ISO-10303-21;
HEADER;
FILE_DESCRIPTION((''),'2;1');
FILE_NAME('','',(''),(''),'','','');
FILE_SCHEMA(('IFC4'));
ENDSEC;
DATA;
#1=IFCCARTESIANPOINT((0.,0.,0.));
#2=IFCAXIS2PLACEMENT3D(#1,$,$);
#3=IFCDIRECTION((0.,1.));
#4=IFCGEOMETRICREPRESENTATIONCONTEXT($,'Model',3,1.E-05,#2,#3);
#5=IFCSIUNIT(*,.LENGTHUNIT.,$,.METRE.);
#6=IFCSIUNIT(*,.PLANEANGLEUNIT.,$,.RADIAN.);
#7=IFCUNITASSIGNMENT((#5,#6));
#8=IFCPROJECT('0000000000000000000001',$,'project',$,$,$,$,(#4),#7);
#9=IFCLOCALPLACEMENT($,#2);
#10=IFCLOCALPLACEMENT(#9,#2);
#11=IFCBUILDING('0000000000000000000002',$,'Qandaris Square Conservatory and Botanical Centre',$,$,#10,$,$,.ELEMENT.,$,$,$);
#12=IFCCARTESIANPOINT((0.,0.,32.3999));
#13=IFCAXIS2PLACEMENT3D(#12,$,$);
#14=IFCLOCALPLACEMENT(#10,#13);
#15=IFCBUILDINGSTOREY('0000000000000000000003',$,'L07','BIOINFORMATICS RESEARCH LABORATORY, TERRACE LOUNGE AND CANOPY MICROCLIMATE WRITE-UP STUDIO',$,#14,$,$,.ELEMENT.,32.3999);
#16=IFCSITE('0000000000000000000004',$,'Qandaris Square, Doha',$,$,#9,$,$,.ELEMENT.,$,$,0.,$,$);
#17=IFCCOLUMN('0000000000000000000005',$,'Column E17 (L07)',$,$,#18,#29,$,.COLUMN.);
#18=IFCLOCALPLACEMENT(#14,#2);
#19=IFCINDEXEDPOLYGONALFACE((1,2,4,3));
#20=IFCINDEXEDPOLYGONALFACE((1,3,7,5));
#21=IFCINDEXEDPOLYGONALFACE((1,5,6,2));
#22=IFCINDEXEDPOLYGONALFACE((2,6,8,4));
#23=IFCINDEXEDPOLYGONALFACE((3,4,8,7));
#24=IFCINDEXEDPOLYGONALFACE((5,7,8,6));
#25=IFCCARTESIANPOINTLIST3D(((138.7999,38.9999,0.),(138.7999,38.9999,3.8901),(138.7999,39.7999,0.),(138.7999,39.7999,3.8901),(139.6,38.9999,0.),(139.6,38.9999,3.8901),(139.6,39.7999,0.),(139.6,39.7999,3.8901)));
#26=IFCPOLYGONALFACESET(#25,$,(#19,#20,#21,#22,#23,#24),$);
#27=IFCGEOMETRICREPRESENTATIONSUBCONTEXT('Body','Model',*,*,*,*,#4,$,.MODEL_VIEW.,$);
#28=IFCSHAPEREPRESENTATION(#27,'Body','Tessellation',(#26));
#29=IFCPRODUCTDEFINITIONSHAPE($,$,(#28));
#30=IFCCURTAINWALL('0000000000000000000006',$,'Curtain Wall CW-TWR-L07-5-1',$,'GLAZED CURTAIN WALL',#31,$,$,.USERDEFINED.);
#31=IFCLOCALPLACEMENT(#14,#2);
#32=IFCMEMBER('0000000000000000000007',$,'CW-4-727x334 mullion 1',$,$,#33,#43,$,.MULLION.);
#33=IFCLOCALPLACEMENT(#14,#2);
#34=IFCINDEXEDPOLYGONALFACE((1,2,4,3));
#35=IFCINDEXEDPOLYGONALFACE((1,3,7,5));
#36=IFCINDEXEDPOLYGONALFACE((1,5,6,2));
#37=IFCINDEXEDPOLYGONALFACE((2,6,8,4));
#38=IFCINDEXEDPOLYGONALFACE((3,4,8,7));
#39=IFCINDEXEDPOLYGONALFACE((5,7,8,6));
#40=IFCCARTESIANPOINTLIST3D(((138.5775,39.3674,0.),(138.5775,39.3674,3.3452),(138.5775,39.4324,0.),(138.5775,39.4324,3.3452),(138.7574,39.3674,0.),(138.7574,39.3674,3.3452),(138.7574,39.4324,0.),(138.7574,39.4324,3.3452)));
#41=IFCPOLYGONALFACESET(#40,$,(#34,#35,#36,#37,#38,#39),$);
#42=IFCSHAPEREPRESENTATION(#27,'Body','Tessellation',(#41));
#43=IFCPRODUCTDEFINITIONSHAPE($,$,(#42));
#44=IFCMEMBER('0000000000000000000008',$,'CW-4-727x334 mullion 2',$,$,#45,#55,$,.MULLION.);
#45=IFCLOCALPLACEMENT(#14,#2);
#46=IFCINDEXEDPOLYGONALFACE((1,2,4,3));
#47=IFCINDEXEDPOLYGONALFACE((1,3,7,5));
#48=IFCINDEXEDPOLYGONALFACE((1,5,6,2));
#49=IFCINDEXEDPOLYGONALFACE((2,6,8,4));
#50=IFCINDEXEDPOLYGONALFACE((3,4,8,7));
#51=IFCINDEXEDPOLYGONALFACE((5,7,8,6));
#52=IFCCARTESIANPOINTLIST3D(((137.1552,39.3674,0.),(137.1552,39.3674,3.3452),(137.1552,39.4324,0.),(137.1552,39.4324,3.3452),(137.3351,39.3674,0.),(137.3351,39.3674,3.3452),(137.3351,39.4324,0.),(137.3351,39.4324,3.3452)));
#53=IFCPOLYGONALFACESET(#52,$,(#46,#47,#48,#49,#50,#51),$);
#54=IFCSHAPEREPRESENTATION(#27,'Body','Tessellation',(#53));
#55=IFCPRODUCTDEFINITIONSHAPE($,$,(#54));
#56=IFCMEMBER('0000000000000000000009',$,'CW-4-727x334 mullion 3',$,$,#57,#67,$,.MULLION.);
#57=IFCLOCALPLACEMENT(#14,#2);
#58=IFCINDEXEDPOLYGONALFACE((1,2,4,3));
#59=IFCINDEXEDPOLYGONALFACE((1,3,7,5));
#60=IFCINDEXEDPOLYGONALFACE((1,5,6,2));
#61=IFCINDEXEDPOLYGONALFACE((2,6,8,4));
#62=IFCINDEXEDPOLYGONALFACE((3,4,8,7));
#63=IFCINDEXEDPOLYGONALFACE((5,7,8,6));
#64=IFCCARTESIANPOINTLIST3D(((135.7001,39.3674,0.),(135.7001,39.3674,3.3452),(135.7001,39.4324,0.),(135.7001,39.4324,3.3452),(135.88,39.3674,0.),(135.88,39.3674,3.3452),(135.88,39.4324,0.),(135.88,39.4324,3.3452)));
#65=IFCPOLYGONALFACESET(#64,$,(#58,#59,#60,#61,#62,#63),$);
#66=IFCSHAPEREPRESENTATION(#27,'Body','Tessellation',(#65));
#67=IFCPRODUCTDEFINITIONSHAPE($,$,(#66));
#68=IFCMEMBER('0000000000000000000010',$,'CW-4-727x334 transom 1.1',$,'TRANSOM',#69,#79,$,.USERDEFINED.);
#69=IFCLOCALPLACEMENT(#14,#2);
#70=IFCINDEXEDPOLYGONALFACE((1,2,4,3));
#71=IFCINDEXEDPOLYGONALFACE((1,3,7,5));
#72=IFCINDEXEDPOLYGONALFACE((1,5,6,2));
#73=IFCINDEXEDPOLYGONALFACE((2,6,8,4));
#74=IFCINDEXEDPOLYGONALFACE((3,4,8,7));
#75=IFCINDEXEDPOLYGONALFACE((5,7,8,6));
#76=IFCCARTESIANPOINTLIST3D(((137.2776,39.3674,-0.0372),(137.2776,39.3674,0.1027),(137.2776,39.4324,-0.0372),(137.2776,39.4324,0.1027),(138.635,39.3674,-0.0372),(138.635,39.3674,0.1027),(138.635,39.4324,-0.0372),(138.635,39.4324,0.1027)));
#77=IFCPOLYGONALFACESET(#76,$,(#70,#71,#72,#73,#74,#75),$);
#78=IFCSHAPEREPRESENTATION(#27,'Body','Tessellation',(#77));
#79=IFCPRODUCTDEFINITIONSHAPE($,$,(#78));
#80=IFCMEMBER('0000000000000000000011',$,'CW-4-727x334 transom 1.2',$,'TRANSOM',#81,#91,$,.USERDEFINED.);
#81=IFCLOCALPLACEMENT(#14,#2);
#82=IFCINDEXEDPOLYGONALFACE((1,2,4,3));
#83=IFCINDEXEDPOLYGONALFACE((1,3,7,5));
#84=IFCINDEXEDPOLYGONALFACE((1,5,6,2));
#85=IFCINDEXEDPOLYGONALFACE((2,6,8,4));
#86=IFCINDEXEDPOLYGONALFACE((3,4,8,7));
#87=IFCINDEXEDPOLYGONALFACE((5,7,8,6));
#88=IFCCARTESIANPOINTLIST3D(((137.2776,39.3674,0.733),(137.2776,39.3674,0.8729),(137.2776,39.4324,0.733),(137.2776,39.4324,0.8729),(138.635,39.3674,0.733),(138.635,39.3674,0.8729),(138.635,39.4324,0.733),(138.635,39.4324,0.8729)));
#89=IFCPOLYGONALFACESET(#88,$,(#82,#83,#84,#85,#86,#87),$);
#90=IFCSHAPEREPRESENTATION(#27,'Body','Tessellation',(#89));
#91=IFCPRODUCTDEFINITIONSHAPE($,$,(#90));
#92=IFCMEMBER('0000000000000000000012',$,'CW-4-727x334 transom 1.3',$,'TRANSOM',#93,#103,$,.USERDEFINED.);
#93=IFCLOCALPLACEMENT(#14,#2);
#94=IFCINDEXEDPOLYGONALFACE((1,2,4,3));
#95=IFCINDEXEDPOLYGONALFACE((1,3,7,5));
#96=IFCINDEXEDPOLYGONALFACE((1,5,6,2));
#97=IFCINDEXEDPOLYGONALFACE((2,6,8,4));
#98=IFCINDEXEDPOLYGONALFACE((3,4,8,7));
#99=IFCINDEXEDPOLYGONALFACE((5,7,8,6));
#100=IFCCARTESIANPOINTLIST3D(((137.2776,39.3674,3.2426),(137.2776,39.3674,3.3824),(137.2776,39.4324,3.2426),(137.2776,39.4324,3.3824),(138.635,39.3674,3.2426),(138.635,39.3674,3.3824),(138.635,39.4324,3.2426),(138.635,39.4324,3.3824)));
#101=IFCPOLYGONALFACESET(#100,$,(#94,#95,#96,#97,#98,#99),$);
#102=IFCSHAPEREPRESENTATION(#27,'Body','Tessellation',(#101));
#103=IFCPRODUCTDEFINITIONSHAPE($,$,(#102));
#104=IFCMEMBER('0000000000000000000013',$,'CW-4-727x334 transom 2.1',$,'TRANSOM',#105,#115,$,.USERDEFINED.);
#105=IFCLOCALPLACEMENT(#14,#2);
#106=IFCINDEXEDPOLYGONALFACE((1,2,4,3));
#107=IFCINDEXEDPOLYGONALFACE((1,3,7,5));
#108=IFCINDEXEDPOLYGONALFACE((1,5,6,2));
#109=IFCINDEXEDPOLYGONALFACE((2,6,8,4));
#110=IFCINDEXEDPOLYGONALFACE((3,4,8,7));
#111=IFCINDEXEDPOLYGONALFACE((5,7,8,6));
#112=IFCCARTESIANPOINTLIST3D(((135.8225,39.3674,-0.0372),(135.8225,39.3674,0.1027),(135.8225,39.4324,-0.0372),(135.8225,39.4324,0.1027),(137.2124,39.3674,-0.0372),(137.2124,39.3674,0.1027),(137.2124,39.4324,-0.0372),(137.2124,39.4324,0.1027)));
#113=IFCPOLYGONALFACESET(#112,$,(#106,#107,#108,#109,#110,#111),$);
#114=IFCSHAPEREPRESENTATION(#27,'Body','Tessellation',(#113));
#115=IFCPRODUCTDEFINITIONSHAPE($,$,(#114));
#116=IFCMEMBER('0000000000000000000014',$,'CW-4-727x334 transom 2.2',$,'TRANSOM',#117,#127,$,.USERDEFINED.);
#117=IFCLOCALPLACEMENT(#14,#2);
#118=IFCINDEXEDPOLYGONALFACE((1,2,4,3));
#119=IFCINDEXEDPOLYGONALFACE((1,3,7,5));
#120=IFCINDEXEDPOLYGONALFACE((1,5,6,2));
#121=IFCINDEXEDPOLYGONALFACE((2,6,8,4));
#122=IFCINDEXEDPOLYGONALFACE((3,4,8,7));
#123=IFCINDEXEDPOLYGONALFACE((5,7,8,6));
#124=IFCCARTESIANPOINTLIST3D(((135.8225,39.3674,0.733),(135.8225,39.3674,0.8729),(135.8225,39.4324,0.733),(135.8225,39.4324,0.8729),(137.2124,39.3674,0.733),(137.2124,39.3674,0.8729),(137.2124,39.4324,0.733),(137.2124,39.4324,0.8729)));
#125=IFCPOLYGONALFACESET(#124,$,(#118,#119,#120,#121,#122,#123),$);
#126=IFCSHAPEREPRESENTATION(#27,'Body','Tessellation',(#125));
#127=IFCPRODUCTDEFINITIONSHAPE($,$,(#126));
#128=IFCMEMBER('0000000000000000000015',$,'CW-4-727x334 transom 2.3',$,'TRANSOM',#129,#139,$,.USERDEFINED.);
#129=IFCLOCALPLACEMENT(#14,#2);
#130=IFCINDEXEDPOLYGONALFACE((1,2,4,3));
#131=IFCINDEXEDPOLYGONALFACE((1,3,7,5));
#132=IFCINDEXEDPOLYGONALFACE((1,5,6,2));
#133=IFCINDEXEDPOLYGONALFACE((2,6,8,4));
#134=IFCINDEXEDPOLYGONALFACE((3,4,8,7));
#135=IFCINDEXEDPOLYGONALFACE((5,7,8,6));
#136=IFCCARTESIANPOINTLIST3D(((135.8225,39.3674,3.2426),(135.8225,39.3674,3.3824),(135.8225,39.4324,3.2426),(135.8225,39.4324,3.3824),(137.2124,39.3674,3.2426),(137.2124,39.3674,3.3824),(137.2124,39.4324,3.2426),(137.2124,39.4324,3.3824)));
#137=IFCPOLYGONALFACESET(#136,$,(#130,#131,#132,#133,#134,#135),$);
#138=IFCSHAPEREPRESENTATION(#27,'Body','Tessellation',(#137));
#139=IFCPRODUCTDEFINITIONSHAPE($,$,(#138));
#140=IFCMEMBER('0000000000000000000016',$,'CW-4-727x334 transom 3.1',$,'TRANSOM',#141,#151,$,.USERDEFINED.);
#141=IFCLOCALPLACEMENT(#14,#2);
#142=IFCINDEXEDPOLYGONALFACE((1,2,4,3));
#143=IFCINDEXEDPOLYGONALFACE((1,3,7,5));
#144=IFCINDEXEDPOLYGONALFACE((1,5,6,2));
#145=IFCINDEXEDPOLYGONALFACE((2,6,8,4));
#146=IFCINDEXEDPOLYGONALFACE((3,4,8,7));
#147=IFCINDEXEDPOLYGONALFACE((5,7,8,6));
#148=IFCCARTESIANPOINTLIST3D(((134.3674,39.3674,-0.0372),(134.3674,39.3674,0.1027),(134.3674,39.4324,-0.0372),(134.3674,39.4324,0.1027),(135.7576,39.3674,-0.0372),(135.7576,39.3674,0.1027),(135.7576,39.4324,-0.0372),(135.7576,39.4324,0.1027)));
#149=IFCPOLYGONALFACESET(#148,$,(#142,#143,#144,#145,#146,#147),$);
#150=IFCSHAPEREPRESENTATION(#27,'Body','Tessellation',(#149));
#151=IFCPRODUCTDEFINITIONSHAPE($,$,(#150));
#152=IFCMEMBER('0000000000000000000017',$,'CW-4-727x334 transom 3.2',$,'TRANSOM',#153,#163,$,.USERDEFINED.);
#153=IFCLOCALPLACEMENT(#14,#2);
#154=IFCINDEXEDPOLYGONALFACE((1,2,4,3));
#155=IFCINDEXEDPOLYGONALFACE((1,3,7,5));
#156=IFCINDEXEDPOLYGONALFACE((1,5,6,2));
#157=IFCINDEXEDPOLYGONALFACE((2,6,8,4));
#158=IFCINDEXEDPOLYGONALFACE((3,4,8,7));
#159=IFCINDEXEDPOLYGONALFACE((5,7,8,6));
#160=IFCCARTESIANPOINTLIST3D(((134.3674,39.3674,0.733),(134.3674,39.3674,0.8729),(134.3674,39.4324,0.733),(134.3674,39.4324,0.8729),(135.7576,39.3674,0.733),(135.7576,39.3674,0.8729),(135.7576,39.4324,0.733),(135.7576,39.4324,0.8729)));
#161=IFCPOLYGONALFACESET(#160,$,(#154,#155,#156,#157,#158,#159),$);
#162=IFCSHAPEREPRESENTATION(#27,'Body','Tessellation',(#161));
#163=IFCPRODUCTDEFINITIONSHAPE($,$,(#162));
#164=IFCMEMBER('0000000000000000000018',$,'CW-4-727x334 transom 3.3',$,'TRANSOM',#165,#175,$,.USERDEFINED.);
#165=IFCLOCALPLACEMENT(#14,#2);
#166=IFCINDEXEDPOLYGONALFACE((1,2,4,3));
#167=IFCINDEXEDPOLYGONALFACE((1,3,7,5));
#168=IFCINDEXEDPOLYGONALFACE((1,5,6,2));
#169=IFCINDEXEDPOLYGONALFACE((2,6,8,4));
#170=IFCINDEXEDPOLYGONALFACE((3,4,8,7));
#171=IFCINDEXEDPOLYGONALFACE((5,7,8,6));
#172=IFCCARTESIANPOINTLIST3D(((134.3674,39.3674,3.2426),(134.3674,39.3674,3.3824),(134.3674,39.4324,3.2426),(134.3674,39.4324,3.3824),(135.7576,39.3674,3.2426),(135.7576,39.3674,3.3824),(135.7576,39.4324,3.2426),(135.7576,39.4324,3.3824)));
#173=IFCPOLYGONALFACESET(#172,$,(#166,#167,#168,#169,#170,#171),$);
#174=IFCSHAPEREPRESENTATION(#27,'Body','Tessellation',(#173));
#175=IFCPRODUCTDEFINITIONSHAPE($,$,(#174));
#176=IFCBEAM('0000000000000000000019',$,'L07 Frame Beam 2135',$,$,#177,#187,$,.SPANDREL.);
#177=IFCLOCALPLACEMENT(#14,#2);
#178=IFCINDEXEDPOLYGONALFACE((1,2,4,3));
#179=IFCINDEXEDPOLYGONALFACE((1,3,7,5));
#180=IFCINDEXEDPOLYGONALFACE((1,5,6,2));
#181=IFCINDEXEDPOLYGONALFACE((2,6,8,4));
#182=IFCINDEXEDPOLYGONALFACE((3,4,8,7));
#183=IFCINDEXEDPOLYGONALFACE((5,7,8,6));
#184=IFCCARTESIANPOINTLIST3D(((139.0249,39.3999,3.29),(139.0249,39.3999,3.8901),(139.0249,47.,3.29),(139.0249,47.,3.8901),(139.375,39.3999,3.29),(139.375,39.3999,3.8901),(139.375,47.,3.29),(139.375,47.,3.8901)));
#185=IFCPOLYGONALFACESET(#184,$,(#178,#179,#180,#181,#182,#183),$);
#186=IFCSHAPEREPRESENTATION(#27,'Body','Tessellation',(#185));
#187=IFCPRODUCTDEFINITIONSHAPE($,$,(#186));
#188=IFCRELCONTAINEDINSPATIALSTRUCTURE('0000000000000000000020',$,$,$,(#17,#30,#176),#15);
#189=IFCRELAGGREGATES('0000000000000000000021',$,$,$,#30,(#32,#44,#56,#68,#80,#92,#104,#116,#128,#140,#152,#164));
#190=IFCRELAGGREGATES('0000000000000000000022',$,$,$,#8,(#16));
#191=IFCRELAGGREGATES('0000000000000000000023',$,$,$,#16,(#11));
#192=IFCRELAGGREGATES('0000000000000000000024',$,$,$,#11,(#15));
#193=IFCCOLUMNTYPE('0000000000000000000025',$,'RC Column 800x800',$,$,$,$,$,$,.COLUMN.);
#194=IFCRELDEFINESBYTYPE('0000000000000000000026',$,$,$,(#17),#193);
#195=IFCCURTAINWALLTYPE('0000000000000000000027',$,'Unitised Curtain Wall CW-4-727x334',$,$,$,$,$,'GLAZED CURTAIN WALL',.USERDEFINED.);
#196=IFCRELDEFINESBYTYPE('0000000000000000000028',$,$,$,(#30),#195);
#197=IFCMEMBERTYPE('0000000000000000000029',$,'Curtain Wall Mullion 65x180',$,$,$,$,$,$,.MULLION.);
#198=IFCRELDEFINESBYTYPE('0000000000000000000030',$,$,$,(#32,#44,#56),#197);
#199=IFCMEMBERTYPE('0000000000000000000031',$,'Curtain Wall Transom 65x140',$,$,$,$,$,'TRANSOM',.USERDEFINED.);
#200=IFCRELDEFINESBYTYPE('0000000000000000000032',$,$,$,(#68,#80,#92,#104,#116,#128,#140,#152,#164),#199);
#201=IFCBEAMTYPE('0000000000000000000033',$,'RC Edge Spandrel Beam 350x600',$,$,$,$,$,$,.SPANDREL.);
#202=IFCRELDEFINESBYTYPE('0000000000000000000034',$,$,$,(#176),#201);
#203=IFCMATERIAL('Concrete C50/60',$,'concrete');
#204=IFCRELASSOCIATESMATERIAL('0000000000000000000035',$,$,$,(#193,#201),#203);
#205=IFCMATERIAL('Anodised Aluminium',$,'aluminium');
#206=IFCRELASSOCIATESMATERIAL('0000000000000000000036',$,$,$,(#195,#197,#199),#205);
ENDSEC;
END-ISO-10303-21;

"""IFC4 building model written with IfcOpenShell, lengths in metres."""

from ifc_helpers import new_model, si_unit, direction, frame, origin, origin_2d, place, context, subcontext, project, spatial, rectangle, extrude, material, material_profile, profile_set, type_object, element, aggregate, save


model = new_model("IFC4")

# Units and contexts
model_context = context("Model", 3, precision=1e-05, world=origin(), true_north=direction((0.0, 1.0)))
body_context = subcontext(model_context, "Body", "Model", "MODEL_VIEW")
ifc_project = project(units=[si_unit("LENGTHUNIT", "METRE"), si_unit("PLANEANGLEUNIT", "RADIAN")], contexts=[model_context])

# Site, building, storey
site_placement = place(None, origin())
site = spatial("IfcSite", under=ifc_project, at=site_placement, Name="Qandaris Square, Doha", CompositionType="ELEMENT", RefElevation=0.0)
building_placement = place(site_placement, origin())
building = spatial("IfcBuilding", under=site, at=building_placement, Name="Qandaris Square Conservatory and Botanical Centre", CompositionType="ELEMENT")
storey_placement = place(building_placement, frame((0.0, 0.0, 32.3999)))
storey = spatial("IfcBuildingStorey", under=building, at=storey_placement, Name="L07", Description="BIOINFORMATICS RESEARCH LABORATORY, TERRACE LOUNGE AND CANOPY MICROCLIMATE WRITE-UP STUDIO", CompositionType="ELEMENT", Elevation=32.3999)

# Column
ifc_material_1 = material(Name="Concrete C50/60", Category="concrete")
ifc_material_profile_1 = material_profile(ifc_material_1, rectangle(XDim=0.8, YDim=0.8, at=origin_2d()), Name="RC-COL 800x800")
ifc_profile_set_1 = profile_set([ifc_material_profile_1], Name="Concrete C50/60")
column_type = type_object("IfcColumnType", Name="RC Column 800x800", PredefinedType="COLUMN", material=ifc_profile_set_1)
column_placement = place(storey_placement, frame((139.2, 39.3999, 0.0), z_axis=(0.0, 0.0, 1.0), x_axis=(1.0, 0.0, 0.0)))
element("IfcColumn", 1, at=column_placement, inside=storey, type_object=column_type, Name="Column E17 (L07)", PredefinedType="COLUMN", context=body_context, shape_type="SweptSolid", body=[
    extrude(rectangle(XDim=0.8, YDim=0.8, at=origin_2d()), origin(), (0.0, 0.0, 1.0), 3.8901),
])

# Curtain wall, members
ifc_material_2 = material(Name="Anodised Aluminium", Category="aluminium")
curtain_wall_type = type_object("IfcCurtainWallType", Name="Unitised Curtain Wall CW-4-727x334", ElementType="GLAZED CURTAIN WALL", PredefinedType="USERDEFINED", material=ifc_material_2)
curtain_wall_placement = place(storey_placement, origin())
curtain_wall = element("IfcCurtainWall", 2, at=curtain_wall_placement, inside=storey, type_object=curtain_wall_type, Name="Curtain Wall CW-TWR-L07-5-1", ObjectType="GLAZED CURTAIN WALL", PredefinedType="USERDEFINED")
ifc_material_profile_2 = material_profile(ifc_material_2, rectangle(XDim=0.0649, YDim=0.1799, at=origin_2d()), Name="ALU-MUL 65x180")
ifc_profile_set_2 = profile_set([ifc_material_profile_2], Name="Anodised Aluminium")
member_type_1 = type_object("IfcMemberType", Name="Curtain Wall Mullion 65x180", PredefinedType="MULLION", material=ifc_profile_set_2)
member_1_placement = place(storey_placement, frame((138.6675, 39.3999, 0.0), z_axis=(0.0, 0.0, 1.0), x_axis=(0.0, -1.0, 0.0)))
member_1 = element("IfcMember", 3, at=member_1_placement, type_object=member_type_1, Name="CW-4-727x334 mullion 1", PredefinedType="MULLION", context=body_context, shape_type="SweptSolid", body=[
    extrude(rectangle(XDim=0.0649, YDim=0.1799, at=origin_2d()), origin(), (0.0, 0.0, 1.0), 3.3452),
])
member_2_placement = place(storey_placement, frame((137.2451, 39.3999, 0.0), z_axis=(0.0, 0.0, 1.0), x_axis=(0.0, -1.0, 0.0)))
member_2 = element("IfcMember", 4, at=member_2_placement, type_object=member_type_1, Name="CW-4-727x334 mullion 2", PredefinedType="MULLION", context=body_context, shape_type="SweptSolid", body=[
    extrude(rectangle(XDim=0.0649, YDim=0.1799, at=origin_2d()), origin(), (0.0, 0.0, 1.0), 3.3452),
])
member_3_placement = place(storey_placement, frame((135.79, 39.3999, 0.0), z_axis=(0.0, 0.0, 1.0), x_axis=(0.0, -1.0, 0.0)))
member_3 = element("IfcMember", 5, at=member_3_placement, type_object=member_type_1, Name="CW-4-727x334 mullion 3", PredefinedType="MULLION", context=body_context, shape_type="SweptSolid", body=[
    extrude(rectangle(XDim=0.0649, YDim=0.1799, at=origin_2d()), origin(), (0.0, 0.0, 1.0), 3.3452),
])
ifc_material_profile_3 = material_profile(ifc_material_2, rectangle(XDim=0.0649, YDim=0.1399, at=origin_2d()), Name="ALU-TRN 65x140")
ifc_profile_set_3 = profile_set([ifc_material_profile_3], Name="Anodised Aluminium")
member_type_2 = type_object("IfcMemberType", Name="Curtain Wall Transom 65x140", ElementType="TRANSOM", PredefinedType="USERDEFINED", material=ifc_profile_set_3)
member_4_placement = place(storey_placement, frame((138.635, 39.3999, 0.0327), z_axis=(-1.0, 0.0, 0.0), x_axis=(0.0, -1.0, 0.0)))
member_4 = element("IfcMember", 6, at=member_4_placement, type_object=member_type_2, Name="CW-4-727x334 transom 1.1", ObjectType="TRANSOM", PredefinedType="USERDEFINED", context=body_context, shape_type="SweptSolid", body=[
    extrude(rectangle(XDim=0.0649, YDim=0.1399, at=origin_2d()), origin(), (0.0, 0.0, 1.0), 1.3574),
])
member_5_placement = place(storey_placement, frame((138.635, 39.3999, 0.803), z_axis=(-1.0, 0.0, 0.0), x_axis=(0.0, -1.0, 0.0)))
member_5 = element("IfcMember", 7, at=member_5_placement, type_object=member_type_2, Name="CW-4-727x334 transom 1.2", ObjectType="TRANSOM", PredefinedType="USERDEFINED", context=body_context, shape_type="SweptSolid", body=[
    extrude(rectangle(XDim=0.0649, YDim=0.1399, at=origin_2d()), origin(), (0.0, 0.0, 1.0), 1.3574),
])
member_6_placement = place(storey_placement, frame((138.635, 39.3999, 3.3125), z_axis=(-1.0, 0.0, 0.0), x_axis=(0.0, -1.0, 0.0)))
member_6 = element("IfcMember", 8, at=member_6_placement, type_object=member_type_2, Name="CW-4-727x334 transom 1.3", ObjectType="TRANSOM", PredefinedType="USERDEFINED", context=body_context, shape_type="SweptSolid", body=[
    extrude(rectangle(XDim=0.0649, YDim=0.1399, at=origin_2d()), origin(), (0.0, 0.0, 1.0), 1.3574),
])
member_7_placement = place(storey_placement, frame((137.2124, 39.3999, 0.0327), z_axis=(-1.0, 0.0, 0.0), x_axis=(0.0, -1.0, 0.0)))
member_7 = element("IfcMember", 9, at=member_7_placement, type_object=member_type_2, Name="CW-4-727x334 transom 2.1", ObjectType="TRANSOM", PredefinedType="USERDEFINED", context=body_context, shape_type="SweptSolid", body=[
    extrude(rectangle(XDim=0.0649, YDim=0.1399, at=origin_2d()), origin(), (0.0, 0.0, 1.0), 1.3899),
])
member_8_placement = place(storey_placement, frame((137.2124, 39.3999, 0.803), z_axis=(-1.0, 0.0, 0.0), x_axis=(0.0, -1.0, 0.0)))
member_8 = element("IfcMember", 10, at=member_8_placement, type_object=member_type_2, Name="CW-4-727x334 transom 2.2", ObjectType="TRANSOM", PredefinedType="USERDEFINED", context=body_context, shape_type="SweptSolid", body=[
    extrude(rectangle(XDim=0.0649, YDim=0.1399, at=origin_2d()), origin(), (0.0, 0.0, 1.0), 1.3899),
])
member_9_placement = place(storey_placement, frame((137.2124, 39.3999, 3.3125), z_axis=(-1.0, 0.0, 0.0), x_axis=(0.0, -1.0, 0.0)))
member_9 = element("IfcMember", 11, at=member_9_placement, type_object=member_type_2, Name="CW-4-727x334 transom 2.3", ObjectType="TRANSOM", PredefinedType="USERDEFINED", context=body_context, shape_type="SweptSolid", body=[
    extrude(rectangle(XDim=0.0649, YDim=0.1399, at=origin_2d()), origin(), (0.0, 0.0, 1.0), 1.3899),
])
member_10_placement = place(storey_placement, frame((135.7576, 39.3999, 0.0327), z_axis=(-1.0, 0.0, 0.0), x_axis=(0.0, -1.0, 0.0)))
member_10 = element("IfcMember", 12, at=member_10_placement, type_object=member_type_2, Name="CW-4-727x334 transom 3.1", ObjectType="TRANSOM", PredefinedType="USERDEFINED", context=body_context, shape_type="SweptSolid", body=[
    extrude(rectangle(XDim=0.0649, YDim=0.1399, at=origin_2d()), origin(), (0.0, 0.0, 1.0), 1.3901),
])
member_11_placement = place(storey_placement, frame((135.7576, 39.3999, 0.803), z_axis=(-1.0, 0.0, 0.0), x_axis=(0.0, -1.0, 0.0)))
member_11 = element("IfcMember", 13, at=member_11_placement, type_object=member_type_2, Name="CW-4-727x334 transom 3.2", ObjectType="TRANSOM", PredefinedType="USERDEFINED", context=body_context, shape_type="SweptSolid", body=[
    extrude(rectangle(XDim=0.0649, YDim=0.1399, at=origin_2d()), origin(), (0.0, 0.0, 1.0), 1.3901),
])
member_12_placement = place(storey_placement, frame((135.7576, 39.3999, 3.3125), z_axis=(-1.0, 0.0, 0.0), x_axis=(0.0, -1.0, 0.0)))
member_12 = element("IfcMember", 14, at=member_12_placement, type_object=member_type_2, Name="CW-4-727x334 transom 3.3", ObjectType="TRANSOM", PredefinedType="USERDEFINED", context=body_context, shape_type="SweptSolid", body=[
    extrude(rectangle(XDim=0.0649, YDim=0.1399, at=origin_2d()), origin(), (0.0, 0.0, 1.0), 1.3901),
])

# Beam
ifc_material_profile_4 = material_profile(ifc_material_1, rectangle(XDim=0.3501, YDim=0.6001, at=origin_2d()), Name="RC-SP 350x600")
ifc_profile_set_4 = profile_set([ifc_material_profile_4], Name="Concrete C50/60")
beam_type_1 = type_object("IfcBeamType", Name="RC Edge Spandrel Beam 350x600", PredefinedType="SPANDREL", material=ifc_profile_set_4)
beam_1_placement = place(storey_placement, frame((139.2, 39.3999, 3.5901), z_axis=(0.0, 1.0, 0.0), x_axis=(-1.0, 0.0, 0.0)))
element("IfcBeam", 15, at=beam_1_placement, inside=storey, type_object=beam_type_1, Name="L07 Frame Beam 2135", PredefinedType="SPANDREL", context=body_context, shape_type="SweptSolid", body=[
    extrude(rectangle(XDim=0.3501, YDim=0.6001, at=origin_2d()), origin(), (0.0, 0.0, 1.0), 7.6001),
])

aggregate(curtain_wall, [member_1, member_2, member_3, member_4, member_5, member_6, member_7, member_8, member_9, member_10, member_11, member_12])

save(model, "model.ifc")
